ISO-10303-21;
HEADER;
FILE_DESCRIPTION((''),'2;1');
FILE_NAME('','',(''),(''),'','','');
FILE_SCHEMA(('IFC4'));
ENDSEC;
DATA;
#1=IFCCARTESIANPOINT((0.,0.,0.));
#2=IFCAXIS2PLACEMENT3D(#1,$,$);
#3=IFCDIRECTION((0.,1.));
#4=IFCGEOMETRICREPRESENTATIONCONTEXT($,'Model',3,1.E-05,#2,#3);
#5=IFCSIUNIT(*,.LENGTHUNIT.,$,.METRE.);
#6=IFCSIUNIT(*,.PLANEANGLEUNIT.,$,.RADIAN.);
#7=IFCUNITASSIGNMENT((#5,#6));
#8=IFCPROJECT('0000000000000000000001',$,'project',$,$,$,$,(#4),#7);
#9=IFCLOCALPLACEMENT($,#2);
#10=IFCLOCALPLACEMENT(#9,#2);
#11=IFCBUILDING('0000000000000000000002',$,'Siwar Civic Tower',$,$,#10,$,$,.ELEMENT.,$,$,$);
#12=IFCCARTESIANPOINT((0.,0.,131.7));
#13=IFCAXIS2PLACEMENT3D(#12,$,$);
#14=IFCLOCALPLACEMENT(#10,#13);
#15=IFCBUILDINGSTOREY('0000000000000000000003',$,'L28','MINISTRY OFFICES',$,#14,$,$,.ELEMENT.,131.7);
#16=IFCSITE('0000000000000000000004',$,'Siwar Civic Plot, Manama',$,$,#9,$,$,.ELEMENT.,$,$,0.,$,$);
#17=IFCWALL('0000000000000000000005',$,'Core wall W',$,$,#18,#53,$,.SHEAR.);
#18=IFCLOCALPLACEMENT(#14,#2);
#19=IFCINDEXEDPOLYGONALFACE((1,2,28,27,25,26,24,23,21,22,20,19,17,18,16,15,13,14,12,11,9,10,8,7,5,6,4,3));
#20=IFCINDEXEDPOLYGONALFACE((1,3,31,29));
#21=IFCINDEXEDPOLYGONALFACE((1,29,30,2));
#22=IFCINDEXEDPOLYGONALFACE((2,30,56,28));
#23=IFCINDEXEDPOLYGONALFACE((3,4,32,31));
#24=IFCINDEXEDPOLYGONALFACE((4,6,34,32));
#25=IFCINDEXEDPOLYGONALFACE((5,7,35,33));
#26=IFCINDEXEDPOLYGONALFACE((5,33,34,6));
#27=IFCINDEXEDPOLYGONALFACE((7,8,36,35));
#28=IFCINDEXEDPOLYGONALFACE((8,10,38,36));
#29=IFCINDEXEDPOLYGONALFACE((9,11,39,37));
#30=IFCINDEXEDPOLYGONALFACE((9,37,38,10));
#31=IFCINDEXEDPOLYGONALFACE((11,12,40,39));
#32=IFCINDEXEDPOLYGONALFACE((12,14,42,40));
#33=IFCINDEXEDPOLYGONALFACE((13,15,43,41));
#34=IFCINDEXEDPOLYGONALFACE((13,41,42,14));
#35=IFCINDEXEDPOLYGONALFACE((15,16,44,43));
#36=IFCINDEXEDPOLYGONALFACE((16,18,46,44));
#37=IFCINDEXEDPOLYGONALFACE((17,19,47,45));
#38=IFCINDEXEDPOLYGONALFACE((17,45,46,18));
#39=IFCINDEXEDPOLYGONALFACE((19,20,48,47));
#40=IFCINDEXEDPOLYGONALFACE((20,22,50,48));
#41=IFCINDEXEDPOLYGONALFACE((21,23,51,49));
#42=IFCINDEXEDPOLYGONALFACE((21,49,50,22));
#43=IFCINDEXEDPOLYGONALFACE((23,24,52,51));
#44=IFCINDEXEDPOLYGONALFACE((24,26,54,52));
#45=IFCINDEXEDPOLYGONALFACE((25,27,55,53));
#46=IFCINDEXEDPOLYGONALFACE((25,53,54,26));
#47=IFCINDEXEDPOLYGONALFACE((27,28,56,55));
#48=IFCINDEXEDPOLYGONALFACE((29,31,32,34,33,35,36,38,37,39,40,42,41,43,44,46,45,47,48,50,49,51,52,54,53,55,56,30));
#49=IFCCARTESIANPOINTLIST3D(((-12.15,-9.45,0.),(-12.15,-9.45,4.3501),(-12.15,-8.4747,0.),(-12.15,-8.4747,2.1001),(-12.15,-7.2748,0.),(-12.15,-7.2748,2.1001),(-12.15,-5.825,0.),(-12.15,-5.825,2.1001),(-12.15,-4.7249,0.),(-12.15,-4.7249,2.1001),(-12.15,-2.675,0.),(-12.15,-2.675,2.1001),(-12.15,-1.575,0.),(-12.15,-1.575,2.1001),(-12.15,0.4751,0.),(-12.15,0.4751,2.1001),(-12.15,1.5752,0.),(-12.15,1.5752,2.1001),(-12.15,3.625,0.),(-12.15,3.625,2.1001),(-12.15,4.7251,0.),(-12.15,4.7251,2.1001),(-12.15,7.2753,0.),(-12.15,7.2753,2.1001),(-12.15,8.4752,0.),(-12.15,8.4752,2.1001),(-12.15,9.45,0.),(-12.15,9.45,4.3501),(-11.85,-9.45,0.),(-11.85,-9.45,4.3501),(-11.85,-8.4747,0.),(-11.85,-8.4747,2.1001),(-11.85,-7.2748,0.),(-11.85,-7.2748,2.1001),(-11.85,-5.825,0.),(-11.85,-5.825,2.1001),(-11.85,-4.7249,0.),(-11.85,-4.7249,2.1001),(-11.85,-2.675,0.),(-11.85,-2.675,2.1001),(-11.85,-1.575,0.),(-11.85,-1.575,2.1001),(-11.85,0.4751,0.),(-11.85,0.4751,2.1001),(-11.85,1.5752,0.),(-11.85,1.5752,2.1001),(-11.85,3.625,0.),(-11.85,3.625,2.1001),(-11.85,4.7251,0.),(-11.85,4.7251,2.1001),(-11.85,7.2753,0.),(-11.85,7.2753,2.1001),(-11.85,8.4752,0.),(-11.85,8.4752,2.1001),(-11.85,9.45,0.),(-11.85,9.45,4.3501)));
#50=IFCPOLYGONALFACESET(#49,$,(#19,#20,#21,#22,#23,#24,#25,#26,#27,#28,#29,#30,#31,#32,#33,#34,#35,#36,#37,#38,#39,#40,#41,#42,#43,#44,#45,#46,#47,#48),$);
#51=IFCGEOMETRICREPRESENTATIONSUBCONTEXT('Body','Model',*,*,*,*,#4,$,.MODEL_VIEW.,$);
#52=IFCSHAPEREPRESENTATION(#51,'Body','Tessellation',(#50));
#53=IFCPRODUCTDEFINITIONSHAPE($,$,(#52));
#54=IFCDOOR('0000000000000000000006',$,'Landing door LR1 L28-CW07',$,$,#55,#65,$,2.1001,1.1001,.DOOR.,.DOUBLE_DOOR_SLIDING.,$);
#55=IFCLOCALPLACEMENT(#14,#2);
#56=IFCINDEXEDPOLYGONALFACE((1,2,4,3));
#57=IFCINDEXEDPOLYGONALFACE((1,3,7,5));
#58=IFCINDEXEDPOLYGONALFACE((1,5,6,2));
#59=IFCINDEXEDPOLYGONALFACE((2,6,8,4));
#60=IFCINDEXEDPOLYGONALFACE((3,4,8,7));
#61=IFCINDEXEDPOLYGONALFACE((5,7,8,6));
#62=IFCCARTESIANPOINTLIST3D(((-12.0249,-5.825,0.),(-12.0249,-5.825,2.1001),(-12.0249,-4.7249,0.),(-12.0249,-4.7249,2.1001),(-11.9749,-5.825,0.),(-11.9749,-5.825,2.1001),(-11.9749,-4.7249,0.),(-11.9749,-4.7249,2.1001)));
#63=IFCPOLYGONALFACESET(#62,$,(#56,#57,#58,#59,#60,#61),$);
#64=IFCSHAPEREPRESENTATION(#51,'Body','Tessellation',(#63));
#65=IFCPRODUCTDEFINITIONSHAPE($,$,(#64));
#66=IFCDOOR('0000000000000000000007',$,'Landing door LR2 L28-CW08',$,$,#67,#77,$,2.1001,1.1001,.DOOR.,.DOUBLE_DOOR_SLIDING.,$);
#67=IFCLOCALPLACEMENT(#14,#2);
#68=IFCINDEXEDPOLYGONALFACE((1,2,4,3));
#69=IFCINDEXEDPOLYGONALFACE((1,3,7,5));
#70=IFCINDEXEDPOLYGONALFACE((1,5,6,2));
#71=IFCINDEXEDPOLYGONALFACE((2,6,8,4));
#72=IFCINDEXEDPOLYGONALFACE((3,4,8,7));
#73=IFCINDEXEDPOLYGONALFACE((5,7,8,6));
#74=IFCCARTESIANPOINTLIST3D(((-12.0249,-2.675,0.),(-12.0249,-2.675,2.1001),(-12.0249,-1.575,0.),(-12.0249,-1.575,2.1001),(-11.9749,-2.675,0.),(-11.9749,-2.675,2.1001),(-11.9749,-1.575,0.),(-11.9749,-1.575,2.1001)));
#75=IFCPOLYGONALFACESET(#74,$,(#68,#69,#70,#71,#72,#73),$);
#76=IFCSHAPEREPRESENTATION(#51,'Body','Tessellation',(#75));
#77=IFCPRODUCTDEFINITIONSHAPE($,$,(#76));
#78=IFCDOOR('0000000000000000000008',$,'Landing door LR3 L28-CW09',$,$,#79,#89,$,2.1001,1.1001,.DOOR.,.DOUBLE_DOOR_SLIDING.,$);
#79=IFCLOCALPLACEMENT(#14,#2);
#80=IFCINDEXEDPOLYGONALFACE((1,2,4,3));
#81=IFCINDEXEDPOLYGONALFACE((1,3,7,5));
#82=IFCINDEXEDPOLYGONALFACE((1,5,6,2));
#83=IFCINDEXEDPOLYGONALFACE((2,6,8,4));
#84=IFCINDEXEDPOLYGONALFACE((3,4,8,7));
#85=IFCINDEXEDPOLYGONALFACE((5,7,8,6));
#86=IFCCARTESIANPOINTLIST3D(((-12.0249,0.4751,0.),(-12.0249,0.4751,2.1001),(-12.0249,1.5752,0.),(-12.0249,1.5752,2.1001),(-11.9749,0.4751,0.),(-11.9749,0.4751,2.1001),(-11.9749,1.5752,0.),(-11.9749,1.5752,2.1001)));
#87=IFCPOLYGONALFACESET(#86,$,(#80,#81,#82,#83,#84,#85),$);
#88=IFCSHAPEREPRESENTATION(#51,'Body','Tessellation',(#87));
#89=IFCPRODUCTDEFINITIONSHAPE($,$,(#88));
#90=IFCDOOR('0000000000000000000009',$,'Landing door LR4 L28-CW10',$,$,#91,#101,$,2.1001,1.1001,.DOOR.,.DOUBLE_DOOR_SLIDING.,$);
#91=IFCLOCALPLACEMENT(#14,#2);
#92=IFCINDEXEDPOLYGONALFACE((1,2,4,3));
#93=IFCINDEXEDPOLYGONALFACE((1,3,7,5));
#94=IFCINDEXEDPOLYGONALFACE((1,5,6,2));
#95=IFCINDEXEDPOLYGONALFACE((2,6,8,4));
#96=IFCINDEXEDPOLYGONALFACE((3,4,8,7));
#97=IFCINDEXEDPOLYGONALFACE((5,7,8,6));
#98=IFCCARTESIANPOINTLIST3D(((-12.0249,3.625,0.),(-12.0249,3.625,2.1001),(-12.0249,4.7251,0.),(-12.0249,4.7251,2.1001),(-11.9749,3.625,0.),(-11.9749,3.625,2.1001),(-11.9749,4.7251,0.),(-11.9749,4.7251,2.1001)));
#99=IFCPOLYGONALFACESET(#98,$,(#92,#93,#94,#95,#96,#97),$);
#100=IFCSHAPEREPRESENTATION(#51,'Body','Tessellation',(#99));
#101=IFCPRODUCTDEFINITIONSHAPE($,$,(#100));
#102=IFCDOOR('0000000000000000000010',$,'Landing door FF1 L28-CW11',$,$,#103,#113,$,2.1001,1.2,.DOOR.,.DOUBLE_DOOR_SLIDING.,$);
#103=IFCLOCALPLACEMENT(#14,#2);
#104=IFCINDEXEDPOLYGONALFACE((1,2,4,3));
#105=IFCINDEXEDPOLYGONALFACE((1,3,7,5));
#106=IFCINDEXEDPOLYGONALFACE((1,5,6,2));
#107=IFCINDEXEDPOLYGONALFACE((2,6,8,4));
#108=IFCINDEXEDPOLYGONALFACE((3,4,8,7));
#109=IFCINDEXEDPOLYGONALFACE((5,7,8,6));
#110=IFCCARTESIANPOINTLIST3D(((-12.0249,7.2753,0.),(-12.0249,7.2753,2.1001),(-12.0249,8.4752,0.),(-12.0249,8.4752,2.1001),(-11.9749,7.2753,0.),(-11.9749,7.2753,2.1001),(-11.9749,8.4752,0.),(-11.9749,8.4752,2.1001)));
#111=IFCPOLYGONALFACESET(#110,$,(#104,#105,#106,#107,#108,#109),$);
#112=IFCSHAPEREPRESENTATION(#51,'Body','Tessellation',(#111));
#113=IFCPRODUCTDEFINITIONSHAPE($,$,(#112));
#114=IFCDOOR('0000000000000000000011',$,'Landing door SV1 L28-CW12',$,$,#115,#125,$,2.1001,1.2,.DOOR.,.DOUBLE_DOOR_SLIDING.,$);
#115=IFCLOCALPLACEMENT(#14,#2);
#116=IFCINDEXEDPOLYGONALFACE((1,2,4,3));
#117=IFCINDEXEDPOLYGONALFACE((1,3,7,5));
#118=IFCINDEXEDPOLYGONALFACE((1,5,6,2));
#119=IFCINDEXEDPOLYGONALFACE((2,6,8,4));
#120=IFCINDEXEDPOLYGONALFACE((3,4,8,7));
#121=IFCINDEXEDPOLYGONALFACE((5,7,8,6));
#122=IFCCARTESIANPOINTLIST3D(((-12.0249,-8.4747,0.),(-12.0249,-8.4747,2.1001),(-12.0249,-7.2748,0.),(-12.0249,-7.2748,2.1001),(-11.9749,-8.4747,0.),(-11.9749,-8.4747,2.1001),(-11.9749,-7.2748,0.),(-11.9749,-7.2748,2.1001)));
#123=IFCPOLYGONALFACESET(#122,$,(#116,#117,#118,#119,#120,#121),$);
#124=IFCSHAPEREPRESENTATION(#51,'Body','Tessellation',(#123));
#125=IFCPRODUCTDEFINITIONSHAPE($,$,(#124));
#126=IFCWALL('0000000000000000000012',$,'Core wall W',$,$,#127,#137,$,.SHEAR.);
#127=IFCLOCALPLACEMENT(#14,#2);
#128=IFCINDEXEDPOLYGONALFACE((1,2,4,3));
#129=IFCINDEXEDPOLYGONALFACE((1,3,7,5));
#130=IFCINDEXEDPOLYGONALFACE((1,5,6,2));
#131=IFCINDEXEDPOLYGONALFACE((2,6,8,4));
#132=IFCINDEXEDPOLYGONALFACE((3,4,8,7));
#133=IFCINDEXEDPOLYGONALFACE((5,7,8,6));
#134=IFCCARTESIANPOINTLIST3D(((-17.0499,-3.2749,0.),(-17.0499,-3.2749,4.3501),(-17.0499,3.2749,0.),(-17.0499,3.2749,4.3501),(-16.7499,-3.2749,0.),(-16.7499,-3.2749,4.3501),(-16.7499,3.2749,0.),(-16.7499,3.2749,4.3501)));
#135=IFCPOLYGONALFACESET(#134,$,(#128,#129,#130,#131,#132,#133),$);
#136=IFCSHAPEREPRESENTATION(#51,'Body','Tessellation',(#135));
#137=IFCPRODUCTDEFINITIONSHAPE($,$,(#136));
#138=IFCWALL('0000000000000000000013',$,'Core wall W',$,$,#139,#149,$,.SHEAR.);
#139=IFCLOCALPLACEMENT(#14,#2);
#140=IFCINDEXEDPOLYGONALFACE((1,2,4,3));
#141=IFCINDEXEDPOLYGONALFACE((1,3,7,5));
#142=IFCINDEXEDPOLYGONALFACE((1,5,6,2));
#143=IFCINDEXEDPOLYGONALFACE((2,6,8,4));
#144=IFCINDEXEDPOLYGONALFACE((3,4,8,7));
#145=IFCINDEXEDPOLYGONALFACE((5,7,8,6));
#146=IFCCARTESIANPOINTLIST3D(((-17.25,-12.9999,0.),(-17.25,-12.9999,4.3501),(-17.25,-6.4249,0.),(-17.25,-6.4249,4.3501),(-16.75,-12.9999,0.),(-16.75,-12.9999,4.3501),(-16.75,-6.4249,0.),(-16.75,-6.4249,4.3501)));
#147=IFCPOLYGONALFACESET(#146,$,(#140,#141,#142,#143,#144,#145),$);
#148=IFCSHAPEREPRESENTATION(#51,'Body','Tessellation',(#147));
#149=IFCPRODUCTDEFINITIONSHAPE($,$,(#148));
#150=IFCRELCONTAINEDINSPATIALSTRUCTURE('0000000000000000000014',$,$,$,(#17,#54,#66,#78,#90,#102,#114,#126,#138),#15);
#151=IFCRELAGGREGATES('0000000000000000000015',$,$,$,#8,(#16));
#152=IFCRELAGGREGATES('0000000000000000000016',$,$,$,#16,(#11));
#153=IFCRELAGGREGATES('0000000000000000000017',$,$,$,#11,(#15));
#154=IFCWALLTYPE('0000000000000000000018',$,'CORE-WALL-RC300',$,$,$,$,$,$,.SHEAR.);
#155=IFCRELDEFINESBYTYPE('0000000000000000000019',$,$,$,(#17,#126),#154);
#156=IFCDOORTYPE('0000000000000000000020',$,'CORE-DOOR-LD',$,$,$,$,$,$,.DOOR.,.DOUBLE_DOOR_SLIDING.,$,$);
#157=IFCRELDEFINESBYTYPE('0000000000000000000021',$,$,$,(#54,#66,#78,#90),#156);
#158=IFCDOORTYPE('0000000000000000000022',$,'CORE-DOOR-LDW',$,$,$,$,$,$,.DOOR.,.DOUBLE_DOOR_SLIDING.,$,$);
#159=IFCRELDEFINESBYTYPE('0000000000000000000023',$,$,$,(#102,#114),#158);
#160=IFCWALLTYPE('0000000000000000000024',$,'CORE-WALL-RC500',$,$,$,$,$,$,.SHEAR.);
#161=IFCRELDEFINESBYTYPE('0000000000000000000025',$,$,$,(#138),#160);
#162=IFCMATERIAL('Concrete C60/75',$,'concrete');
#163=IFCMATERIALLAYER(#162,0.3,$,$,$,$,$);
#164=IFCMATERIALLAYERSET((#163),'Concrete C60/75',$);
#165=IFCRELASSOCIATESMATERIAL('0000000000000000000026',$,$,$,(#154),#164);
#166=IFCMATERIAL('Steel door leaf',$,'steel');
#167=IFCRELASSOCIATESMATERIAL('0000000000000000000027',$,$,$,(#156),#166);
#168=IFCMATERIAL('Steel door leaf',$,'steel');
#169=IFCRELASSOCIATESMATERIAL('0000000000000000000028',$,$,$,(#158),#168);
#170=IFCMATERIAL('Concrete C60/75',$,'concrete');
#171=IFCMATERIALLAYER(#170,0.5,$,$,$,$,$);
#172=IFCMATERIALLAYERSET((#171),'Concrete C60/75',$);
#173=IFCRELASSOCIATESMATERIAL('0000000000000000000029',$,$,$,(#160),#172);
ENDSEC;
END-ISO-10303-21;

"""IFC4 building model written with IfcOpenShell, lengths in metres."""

from ifc_helpers import new_model, si_unit, direction, frame, frame_2d, origin, place, context, subcontext, project, spatial, rectangle, extrude, material, layer, layer_set, type_object, element, fill, save


model = new_model("IFC4")

# Units and contexts
model_context = context("Model", 3, precision=1e-05, world=origin(), true_north=direction((0.0, 1.0)))
body_context = subcontext(model_context, "Body", "Model", "MODEL_VIEW")
ifc_project = project(units=[si_unit("LENGTHUNIT", "METRE"), si_unit("PLANEANGLEUNIT", "RADIAN")], contexts=[model_context])

# Site, building, storey
site_placement = place(None, origin())
site = spatial("IfcSite", under=ifc_project, at=site_placement, Name="Siwar Civic Plot, Manama", CompositionType="ELEMENT", RefElevation=0.0)
building_placement = place(site_placement, origin())
building = spatial("IfcBuilding", under=site, at=building_placement, Name="Siwar Civic Tower", CompositionType="ELEMENT")
storey_placement = place(building_placement, frame((0.0, 0.0, 131.7)))
storey = spatial("IfcBuildingStorey", under=building, at=storey_placement, Name="L28", Description="MINISTRY OFFICES", CompositionType="ELEMENT", Elevation=131.7)

# Wall, openings, doors
ifc_material_1 = material(Name="Concrete C60/75", Category="concrete")
ifc_layer_1 = layer(ifc_material_1, 0.3)
ifc_layer_set_1 = layer_set([ifc_layer_1], Name="Concrete C60/75")
wall_type_1 = type_object("IfcWallType", Name="CORE-WALL-RC300", PredefinedType="SHEAR", material=ifc_layer_set_1)
wall_1_placement = place(storey_placement, frame((-12.0, -9.45, 0.0), z_axis=(0.0, 0.0, 1.0), x_axis=(0.0, 1.0, 0.0)))
wall_1 = element("IfcWall", 1, at=wall_1_placement, inside=storey, type_object=wall_type_1, Name="Core wall W", PredefinedType="SHEAR", context=body_context, shape_type="SweptSolid", body=[
    extrude(rectangle(XDim=18.8999, YDim=0.3, at=frame_2d((9.45, 0.0))), origin(), (0.0, 0.0, 1.0), 4.3501),
])
opening_1_placement = place(wall_1_placement, frame((3.625, 0.0, 0.0)))
opening_1 = element("IfcOpeningElement", 2, at=opening_1_placement, cuts=wall_1, PredefinedType="OPENING", context=body_context, shape_type="SweptSolid", body=[
    extrude(rectangle(XDim=1.1001, YDim=2.1001, at=frame_2d((0.55, 1.05))), frame((0.0, 0.1602, 0.0), z_axis=(0.0, -1.0, 0.0), x_axis=(1.0, 0.0, 0.0)), (0.0, 0.0, 1.0), 0.3201),
])
opening_2_placement = place(wall_1_placement, frame((6.7749, 0.0, 0.0)))
opening_2 = element("IfcOpeningElement", 3, at=opening_2_placement, cuts=wall_1, PredefinedType="OPENING", context=body_context, shape_type="SweptSolid", body=[
    extrude(rectangle(XDim=1.1001, YDim=2.1001, at=frame_2d((0.55, 1.05))), frame((0.0, 0.1602, 0.0), z_axis=(0.0, -1.0, 0.0), x_axis=(1.0, 0.0, 0.0)), (0.0, 0.0, 1.0), 0.3201),
])
opening_3_placement = place(wall_1_placement, frame((9.925, 0.0, 0.0)))
opening_3 = element("IfcOpeningElement", 4, at=opening_3_placement, cuts=wall_1, PredefinedType="OPENING", context=body_context, shape_type="SweptSolid", body=[
    extrude(rectangle(XDim=1.1001, YDim=2.1001, at=frame_2d((0.55, 1.05))), frame((0.0, 0.1602, 0.0), z_axis=(0.0, -1.0, 0.0), x_axis=(1.0, 0.0, 0.0)), (0.0, 0.0, 1.0), 0.3201),
])
opening_4_placement = place(wall_1_placement, frame((13.075, 0.0, 0.0)))
opening_4 = element("IfcOpeningElement", 5, at=opening_4_placement, cuts=wall_1, PredefinedType="OPENING", context=body_context, shape_type="SweptSolid", body=[
    extrude(rectangle(XDim=1.1001, YDim=2.1001, at=frame_2d((0.55, 1.05))), frame((0.0, 0.1602, 0.0), z_axis=(0.0, -1.0, 0.0), x_axis=(1.0, 0.0, 0.0)), (0.0, 0.0, 1.0), 0.3201),
])
opening_5_placement = place(wall_1_placement, frame((16.7251, 0.0, 0.0)))
opening_5 = element("IfcOpeningElement", 6, at=opening_5_placement, cuts=wall_1, PredefinedType="OPENING", context=body_context, shape_type="SweptSolid", body=[
    extrude(rectangle(XDim=1.2, YDim=2.1001, at=frame_2d((0.6001, 1.05))), frame((0.0, 0.1602, 0.0), z_axis=(0.0, -1.0, 0.0), x_axis=(1.0, 0.0, 0.0)), (0.0, 0.0, 1.0), 0.3201),
])
opening_6_placement = place(wall_1_placement, frame((0.9751, 0.0, 0.0)))
opening_6 = element("IfcOpeningElement", 7, at=opening_6_placement, cuts=wall_1, PredefinedType="OPENING", context=body_context, shape_type="SweptSolid", body=[
    extrude(rectangle(XDim=1.2, YDim=2.1001, at=frame_2d((0.6001, 1.05))), frame((0.0, 0.1602, 0.0), z_axis=(0.0, -1.0, 0.0), x_axis=(1.0, 0.0, 0.0)), (0.0, 0.0, 1.0), 0.3201),
])
ifc_material_2 = material(Name="Steel door leaf", Category="steel")
door_type_1 = type_object("IfcDoorType", Name="CORE-DOOR-LD", OperationType="DOUBLE_DOOR_SLIDING", PredefinedType="DOOR", material=ifc_material_2)
door_1_placement = place(opening_1_placement, origin())
door_1 = element("IfcDoor", 8, at=door_1_placement, inside=storey, type_object=door_type_1, Name="Landing door LR1 L28-CW07", OperationType="DOUBLE_DOOR_SLIDING", OverallHeight=2.1001, OverallWidth=1.1001, PredefinedType="DOOR", context=body_context, shape_type="SweptSolid", body=[
    extrude(rectangle(XDim=1.1001, YDim=2.1001, at=frame_2d((0.55, 1.05))), frame((0.0, 0.0249, 0.0), z_axis=(0.0, -1.0, 0.0), x_axis=(1.0, 0.0, 0.0)), (0.0, 0.0, 1.0), 0.05),
])
fill(opening_1, door_1)
door_2_placement = place(opening_2_placement, origin())
door_2 = element("IfcDoor", 9, at=door_2_placement, inside=storey, type_object=door_type_1, Name="Landing door LR2 L28-CW08", OperationType="DOUBLE_DOOR_SLIDING", OverallHeight=2.1001, OverallWidth=1.1001, PredefinedType="DOOR", context=body_context, shape_type="SweptSolid", body=[
    extrude(rectangle(XDim=1.1001, YDim=2.1001, at=frame_2d((0.55, 1.05))), frame((0.0, 0.0249, 0.0), z_axis=(0.0, -1.0, 0.0), x_axis=(1.0, 0.0, 0.0)), (0.0, 0.0, 1.0), 0.05),
])
fill(opening_2, door_2)
door_3_placement = place(opening_3_placement, origin())
door_3 = element("IfcDoor", 10, at=door_3_placement, inside=storey, type_object=door_type_1, Name="Landing door LR3 L28-CW09", OperationType="DOUBLE_DOOR_SLIDING", OverallHeight=2.1001, OverallWidth=1.1001, PredefinedType="DOOR", context=body_context, shape_type="SweptSolid", body=[
    extrude(rectangle(XDim=1.1001, YDim=2.1001, at=frame_2d((0.55, 1.05))), frame((0.0, 0.0249, 0.0), z_axis=(0.0, -1.0, 0.0), x_axis=(1.0, 0.0, 0.0)), (0.0, 0.0, 1.0), 0.05),
])
fill(opening_3, door_3)
door_4_placement = place(opening_4_placement, origin())
door_4 = element("IfcDoor", 11, at=door_4_placement, inside=storey, type_object=door_type_1, Name="Landing door LR4 L28-CW10", OperationType="DOUBLE_DOOR_SLIDING", OverallHeight=2.1001, OverallWidth=1.1001, PredefinedType="DOOR", context=body_context, shape_type="SweptSolid", body=[
    extrude(rectangle(XDim=1.1001, YDim=2.1001, at=frame_2d((0.55, 1.05))), frame((0.0, 0.0249, 0.0), z_axis=(0.0, -1.0, 0.0), x_axis=(1.0, 0.0, 0.0)), (0.0, 0.0, 1.0), 0.05),
])
fill(opening_4, door_4)
ifc_material_3 = material(Name="Steel door leaf", Category="steel")
door_type_2 = type_object("IfcDoorType", Name="CORE-DOOR-LDW", OperationType="DOUBLE_DOOR_SLIDING", PredefinedType="DOOR", material=ifc_material_3)
door_5_placement = place(opening_5_placement, origin())
door_5 = element("IfcDoor", 12, at=door_5_placement, inside=storey, type_object=door_type_2, Name="Landing door FF1 L28-CW11", OperationType="DOUBLE_DOOR_SLIDING", OverallHeight=2.1001, OverallWidth=1.2, PredefinedType="DOOR", context=body_context, shape_type="SweptSolid", body=[
    extrude(rectangle(XDim=1.2, YDim=2.1001, at=frame_2d((0.6001, 1.05))), frame((0.0, 0.0249, 0.0), z_axis=(0.0, -1.0, 0.0), x_axis=(1.0, 0.0, 0.0)), (0.0, 0.0, 1.0), 0.05),
])
fill(opening_5, door_5)
door_6_placement = place(opening_6_placement, origin())
door_6 = element("IfcDoor", 13, at=door_6_placement, inside=storey, type_object=door_type_2, Name="Landing door SV1 L28-CW12", OperationType="DOUBLE_DOOR_SLIDING", OverallHeight=2.1001, OverallWidth=1.2, PredefinedType="DOOR", context=body_context, shape_type="SweptSolid", body=[
    extrude(rectangle(XDim=1.2, YDim=2.1001, at=frame_2d((0.6001, 1.05))), frame((0.0, 0.0249, 0.0), z_axis=(0.0, -1.0, 0.0), x_axis=(1.0, 0.0, 0.0)), (0.0, 0.0, 1.0), 0.05),
])
fill(opening_6, door_6)

# Walls
wall_2_placement = place(storey_placement, frame((-16.8999, -3.2749, 0.0), z_axis=(0.0, 0.0, 1.0), x_axis=(0.0, 1.0, 0.0)))
element("IfcWall", 14, at=wall_2_placement, inside=storey, type_object=wall_type_1, Name="Core wall W", PredefinedType="SHEAR", context=body_context, shape_type="SweptSolid", body=[
    extrude(rectangle(XDim=6.5498, YDim=0.3, at=frame_2d((3.2749, 0.0))), origin(), (0.0, 0.0, 1.0), 4.3501),
])
ifc_material_4 = material(Name="Concrete C60/75", Category="concrete")
ifc_layer_2 = layer(ifc_material_4, 0.5)
ifc_layer_set_2 = layer_set([ifc_layer_2], Name="Concrete C60/75")
wall_type_2 = type_object("IfcWallType", Name="CORE-WALL-RC500", PredefinedType="SHEAR", material=ifc_layer_set_2)
wall_3_placement = place(storey_placement, frame((-17.0, -13.0, 0.0), z_axis=(0.0, 0.0, 1.0), x_axis=(0.0, 1.0, 0.0)))
element("IfcWall", 15, at=wall_3_placement, inside=storey, type_object=wall_type_2, Name="Core wall W", PredefinedType="SHEAR", context=body_context, shape_type="SweptSolid", body=[
    extrude(rectangle(XDim=6.575, YDim=0.5, at=frame_2d((3.2876, 0.0))), origin(), (0.0, 0.0, 1.0), 4.3501),
])

save(model, "model.ifc")
